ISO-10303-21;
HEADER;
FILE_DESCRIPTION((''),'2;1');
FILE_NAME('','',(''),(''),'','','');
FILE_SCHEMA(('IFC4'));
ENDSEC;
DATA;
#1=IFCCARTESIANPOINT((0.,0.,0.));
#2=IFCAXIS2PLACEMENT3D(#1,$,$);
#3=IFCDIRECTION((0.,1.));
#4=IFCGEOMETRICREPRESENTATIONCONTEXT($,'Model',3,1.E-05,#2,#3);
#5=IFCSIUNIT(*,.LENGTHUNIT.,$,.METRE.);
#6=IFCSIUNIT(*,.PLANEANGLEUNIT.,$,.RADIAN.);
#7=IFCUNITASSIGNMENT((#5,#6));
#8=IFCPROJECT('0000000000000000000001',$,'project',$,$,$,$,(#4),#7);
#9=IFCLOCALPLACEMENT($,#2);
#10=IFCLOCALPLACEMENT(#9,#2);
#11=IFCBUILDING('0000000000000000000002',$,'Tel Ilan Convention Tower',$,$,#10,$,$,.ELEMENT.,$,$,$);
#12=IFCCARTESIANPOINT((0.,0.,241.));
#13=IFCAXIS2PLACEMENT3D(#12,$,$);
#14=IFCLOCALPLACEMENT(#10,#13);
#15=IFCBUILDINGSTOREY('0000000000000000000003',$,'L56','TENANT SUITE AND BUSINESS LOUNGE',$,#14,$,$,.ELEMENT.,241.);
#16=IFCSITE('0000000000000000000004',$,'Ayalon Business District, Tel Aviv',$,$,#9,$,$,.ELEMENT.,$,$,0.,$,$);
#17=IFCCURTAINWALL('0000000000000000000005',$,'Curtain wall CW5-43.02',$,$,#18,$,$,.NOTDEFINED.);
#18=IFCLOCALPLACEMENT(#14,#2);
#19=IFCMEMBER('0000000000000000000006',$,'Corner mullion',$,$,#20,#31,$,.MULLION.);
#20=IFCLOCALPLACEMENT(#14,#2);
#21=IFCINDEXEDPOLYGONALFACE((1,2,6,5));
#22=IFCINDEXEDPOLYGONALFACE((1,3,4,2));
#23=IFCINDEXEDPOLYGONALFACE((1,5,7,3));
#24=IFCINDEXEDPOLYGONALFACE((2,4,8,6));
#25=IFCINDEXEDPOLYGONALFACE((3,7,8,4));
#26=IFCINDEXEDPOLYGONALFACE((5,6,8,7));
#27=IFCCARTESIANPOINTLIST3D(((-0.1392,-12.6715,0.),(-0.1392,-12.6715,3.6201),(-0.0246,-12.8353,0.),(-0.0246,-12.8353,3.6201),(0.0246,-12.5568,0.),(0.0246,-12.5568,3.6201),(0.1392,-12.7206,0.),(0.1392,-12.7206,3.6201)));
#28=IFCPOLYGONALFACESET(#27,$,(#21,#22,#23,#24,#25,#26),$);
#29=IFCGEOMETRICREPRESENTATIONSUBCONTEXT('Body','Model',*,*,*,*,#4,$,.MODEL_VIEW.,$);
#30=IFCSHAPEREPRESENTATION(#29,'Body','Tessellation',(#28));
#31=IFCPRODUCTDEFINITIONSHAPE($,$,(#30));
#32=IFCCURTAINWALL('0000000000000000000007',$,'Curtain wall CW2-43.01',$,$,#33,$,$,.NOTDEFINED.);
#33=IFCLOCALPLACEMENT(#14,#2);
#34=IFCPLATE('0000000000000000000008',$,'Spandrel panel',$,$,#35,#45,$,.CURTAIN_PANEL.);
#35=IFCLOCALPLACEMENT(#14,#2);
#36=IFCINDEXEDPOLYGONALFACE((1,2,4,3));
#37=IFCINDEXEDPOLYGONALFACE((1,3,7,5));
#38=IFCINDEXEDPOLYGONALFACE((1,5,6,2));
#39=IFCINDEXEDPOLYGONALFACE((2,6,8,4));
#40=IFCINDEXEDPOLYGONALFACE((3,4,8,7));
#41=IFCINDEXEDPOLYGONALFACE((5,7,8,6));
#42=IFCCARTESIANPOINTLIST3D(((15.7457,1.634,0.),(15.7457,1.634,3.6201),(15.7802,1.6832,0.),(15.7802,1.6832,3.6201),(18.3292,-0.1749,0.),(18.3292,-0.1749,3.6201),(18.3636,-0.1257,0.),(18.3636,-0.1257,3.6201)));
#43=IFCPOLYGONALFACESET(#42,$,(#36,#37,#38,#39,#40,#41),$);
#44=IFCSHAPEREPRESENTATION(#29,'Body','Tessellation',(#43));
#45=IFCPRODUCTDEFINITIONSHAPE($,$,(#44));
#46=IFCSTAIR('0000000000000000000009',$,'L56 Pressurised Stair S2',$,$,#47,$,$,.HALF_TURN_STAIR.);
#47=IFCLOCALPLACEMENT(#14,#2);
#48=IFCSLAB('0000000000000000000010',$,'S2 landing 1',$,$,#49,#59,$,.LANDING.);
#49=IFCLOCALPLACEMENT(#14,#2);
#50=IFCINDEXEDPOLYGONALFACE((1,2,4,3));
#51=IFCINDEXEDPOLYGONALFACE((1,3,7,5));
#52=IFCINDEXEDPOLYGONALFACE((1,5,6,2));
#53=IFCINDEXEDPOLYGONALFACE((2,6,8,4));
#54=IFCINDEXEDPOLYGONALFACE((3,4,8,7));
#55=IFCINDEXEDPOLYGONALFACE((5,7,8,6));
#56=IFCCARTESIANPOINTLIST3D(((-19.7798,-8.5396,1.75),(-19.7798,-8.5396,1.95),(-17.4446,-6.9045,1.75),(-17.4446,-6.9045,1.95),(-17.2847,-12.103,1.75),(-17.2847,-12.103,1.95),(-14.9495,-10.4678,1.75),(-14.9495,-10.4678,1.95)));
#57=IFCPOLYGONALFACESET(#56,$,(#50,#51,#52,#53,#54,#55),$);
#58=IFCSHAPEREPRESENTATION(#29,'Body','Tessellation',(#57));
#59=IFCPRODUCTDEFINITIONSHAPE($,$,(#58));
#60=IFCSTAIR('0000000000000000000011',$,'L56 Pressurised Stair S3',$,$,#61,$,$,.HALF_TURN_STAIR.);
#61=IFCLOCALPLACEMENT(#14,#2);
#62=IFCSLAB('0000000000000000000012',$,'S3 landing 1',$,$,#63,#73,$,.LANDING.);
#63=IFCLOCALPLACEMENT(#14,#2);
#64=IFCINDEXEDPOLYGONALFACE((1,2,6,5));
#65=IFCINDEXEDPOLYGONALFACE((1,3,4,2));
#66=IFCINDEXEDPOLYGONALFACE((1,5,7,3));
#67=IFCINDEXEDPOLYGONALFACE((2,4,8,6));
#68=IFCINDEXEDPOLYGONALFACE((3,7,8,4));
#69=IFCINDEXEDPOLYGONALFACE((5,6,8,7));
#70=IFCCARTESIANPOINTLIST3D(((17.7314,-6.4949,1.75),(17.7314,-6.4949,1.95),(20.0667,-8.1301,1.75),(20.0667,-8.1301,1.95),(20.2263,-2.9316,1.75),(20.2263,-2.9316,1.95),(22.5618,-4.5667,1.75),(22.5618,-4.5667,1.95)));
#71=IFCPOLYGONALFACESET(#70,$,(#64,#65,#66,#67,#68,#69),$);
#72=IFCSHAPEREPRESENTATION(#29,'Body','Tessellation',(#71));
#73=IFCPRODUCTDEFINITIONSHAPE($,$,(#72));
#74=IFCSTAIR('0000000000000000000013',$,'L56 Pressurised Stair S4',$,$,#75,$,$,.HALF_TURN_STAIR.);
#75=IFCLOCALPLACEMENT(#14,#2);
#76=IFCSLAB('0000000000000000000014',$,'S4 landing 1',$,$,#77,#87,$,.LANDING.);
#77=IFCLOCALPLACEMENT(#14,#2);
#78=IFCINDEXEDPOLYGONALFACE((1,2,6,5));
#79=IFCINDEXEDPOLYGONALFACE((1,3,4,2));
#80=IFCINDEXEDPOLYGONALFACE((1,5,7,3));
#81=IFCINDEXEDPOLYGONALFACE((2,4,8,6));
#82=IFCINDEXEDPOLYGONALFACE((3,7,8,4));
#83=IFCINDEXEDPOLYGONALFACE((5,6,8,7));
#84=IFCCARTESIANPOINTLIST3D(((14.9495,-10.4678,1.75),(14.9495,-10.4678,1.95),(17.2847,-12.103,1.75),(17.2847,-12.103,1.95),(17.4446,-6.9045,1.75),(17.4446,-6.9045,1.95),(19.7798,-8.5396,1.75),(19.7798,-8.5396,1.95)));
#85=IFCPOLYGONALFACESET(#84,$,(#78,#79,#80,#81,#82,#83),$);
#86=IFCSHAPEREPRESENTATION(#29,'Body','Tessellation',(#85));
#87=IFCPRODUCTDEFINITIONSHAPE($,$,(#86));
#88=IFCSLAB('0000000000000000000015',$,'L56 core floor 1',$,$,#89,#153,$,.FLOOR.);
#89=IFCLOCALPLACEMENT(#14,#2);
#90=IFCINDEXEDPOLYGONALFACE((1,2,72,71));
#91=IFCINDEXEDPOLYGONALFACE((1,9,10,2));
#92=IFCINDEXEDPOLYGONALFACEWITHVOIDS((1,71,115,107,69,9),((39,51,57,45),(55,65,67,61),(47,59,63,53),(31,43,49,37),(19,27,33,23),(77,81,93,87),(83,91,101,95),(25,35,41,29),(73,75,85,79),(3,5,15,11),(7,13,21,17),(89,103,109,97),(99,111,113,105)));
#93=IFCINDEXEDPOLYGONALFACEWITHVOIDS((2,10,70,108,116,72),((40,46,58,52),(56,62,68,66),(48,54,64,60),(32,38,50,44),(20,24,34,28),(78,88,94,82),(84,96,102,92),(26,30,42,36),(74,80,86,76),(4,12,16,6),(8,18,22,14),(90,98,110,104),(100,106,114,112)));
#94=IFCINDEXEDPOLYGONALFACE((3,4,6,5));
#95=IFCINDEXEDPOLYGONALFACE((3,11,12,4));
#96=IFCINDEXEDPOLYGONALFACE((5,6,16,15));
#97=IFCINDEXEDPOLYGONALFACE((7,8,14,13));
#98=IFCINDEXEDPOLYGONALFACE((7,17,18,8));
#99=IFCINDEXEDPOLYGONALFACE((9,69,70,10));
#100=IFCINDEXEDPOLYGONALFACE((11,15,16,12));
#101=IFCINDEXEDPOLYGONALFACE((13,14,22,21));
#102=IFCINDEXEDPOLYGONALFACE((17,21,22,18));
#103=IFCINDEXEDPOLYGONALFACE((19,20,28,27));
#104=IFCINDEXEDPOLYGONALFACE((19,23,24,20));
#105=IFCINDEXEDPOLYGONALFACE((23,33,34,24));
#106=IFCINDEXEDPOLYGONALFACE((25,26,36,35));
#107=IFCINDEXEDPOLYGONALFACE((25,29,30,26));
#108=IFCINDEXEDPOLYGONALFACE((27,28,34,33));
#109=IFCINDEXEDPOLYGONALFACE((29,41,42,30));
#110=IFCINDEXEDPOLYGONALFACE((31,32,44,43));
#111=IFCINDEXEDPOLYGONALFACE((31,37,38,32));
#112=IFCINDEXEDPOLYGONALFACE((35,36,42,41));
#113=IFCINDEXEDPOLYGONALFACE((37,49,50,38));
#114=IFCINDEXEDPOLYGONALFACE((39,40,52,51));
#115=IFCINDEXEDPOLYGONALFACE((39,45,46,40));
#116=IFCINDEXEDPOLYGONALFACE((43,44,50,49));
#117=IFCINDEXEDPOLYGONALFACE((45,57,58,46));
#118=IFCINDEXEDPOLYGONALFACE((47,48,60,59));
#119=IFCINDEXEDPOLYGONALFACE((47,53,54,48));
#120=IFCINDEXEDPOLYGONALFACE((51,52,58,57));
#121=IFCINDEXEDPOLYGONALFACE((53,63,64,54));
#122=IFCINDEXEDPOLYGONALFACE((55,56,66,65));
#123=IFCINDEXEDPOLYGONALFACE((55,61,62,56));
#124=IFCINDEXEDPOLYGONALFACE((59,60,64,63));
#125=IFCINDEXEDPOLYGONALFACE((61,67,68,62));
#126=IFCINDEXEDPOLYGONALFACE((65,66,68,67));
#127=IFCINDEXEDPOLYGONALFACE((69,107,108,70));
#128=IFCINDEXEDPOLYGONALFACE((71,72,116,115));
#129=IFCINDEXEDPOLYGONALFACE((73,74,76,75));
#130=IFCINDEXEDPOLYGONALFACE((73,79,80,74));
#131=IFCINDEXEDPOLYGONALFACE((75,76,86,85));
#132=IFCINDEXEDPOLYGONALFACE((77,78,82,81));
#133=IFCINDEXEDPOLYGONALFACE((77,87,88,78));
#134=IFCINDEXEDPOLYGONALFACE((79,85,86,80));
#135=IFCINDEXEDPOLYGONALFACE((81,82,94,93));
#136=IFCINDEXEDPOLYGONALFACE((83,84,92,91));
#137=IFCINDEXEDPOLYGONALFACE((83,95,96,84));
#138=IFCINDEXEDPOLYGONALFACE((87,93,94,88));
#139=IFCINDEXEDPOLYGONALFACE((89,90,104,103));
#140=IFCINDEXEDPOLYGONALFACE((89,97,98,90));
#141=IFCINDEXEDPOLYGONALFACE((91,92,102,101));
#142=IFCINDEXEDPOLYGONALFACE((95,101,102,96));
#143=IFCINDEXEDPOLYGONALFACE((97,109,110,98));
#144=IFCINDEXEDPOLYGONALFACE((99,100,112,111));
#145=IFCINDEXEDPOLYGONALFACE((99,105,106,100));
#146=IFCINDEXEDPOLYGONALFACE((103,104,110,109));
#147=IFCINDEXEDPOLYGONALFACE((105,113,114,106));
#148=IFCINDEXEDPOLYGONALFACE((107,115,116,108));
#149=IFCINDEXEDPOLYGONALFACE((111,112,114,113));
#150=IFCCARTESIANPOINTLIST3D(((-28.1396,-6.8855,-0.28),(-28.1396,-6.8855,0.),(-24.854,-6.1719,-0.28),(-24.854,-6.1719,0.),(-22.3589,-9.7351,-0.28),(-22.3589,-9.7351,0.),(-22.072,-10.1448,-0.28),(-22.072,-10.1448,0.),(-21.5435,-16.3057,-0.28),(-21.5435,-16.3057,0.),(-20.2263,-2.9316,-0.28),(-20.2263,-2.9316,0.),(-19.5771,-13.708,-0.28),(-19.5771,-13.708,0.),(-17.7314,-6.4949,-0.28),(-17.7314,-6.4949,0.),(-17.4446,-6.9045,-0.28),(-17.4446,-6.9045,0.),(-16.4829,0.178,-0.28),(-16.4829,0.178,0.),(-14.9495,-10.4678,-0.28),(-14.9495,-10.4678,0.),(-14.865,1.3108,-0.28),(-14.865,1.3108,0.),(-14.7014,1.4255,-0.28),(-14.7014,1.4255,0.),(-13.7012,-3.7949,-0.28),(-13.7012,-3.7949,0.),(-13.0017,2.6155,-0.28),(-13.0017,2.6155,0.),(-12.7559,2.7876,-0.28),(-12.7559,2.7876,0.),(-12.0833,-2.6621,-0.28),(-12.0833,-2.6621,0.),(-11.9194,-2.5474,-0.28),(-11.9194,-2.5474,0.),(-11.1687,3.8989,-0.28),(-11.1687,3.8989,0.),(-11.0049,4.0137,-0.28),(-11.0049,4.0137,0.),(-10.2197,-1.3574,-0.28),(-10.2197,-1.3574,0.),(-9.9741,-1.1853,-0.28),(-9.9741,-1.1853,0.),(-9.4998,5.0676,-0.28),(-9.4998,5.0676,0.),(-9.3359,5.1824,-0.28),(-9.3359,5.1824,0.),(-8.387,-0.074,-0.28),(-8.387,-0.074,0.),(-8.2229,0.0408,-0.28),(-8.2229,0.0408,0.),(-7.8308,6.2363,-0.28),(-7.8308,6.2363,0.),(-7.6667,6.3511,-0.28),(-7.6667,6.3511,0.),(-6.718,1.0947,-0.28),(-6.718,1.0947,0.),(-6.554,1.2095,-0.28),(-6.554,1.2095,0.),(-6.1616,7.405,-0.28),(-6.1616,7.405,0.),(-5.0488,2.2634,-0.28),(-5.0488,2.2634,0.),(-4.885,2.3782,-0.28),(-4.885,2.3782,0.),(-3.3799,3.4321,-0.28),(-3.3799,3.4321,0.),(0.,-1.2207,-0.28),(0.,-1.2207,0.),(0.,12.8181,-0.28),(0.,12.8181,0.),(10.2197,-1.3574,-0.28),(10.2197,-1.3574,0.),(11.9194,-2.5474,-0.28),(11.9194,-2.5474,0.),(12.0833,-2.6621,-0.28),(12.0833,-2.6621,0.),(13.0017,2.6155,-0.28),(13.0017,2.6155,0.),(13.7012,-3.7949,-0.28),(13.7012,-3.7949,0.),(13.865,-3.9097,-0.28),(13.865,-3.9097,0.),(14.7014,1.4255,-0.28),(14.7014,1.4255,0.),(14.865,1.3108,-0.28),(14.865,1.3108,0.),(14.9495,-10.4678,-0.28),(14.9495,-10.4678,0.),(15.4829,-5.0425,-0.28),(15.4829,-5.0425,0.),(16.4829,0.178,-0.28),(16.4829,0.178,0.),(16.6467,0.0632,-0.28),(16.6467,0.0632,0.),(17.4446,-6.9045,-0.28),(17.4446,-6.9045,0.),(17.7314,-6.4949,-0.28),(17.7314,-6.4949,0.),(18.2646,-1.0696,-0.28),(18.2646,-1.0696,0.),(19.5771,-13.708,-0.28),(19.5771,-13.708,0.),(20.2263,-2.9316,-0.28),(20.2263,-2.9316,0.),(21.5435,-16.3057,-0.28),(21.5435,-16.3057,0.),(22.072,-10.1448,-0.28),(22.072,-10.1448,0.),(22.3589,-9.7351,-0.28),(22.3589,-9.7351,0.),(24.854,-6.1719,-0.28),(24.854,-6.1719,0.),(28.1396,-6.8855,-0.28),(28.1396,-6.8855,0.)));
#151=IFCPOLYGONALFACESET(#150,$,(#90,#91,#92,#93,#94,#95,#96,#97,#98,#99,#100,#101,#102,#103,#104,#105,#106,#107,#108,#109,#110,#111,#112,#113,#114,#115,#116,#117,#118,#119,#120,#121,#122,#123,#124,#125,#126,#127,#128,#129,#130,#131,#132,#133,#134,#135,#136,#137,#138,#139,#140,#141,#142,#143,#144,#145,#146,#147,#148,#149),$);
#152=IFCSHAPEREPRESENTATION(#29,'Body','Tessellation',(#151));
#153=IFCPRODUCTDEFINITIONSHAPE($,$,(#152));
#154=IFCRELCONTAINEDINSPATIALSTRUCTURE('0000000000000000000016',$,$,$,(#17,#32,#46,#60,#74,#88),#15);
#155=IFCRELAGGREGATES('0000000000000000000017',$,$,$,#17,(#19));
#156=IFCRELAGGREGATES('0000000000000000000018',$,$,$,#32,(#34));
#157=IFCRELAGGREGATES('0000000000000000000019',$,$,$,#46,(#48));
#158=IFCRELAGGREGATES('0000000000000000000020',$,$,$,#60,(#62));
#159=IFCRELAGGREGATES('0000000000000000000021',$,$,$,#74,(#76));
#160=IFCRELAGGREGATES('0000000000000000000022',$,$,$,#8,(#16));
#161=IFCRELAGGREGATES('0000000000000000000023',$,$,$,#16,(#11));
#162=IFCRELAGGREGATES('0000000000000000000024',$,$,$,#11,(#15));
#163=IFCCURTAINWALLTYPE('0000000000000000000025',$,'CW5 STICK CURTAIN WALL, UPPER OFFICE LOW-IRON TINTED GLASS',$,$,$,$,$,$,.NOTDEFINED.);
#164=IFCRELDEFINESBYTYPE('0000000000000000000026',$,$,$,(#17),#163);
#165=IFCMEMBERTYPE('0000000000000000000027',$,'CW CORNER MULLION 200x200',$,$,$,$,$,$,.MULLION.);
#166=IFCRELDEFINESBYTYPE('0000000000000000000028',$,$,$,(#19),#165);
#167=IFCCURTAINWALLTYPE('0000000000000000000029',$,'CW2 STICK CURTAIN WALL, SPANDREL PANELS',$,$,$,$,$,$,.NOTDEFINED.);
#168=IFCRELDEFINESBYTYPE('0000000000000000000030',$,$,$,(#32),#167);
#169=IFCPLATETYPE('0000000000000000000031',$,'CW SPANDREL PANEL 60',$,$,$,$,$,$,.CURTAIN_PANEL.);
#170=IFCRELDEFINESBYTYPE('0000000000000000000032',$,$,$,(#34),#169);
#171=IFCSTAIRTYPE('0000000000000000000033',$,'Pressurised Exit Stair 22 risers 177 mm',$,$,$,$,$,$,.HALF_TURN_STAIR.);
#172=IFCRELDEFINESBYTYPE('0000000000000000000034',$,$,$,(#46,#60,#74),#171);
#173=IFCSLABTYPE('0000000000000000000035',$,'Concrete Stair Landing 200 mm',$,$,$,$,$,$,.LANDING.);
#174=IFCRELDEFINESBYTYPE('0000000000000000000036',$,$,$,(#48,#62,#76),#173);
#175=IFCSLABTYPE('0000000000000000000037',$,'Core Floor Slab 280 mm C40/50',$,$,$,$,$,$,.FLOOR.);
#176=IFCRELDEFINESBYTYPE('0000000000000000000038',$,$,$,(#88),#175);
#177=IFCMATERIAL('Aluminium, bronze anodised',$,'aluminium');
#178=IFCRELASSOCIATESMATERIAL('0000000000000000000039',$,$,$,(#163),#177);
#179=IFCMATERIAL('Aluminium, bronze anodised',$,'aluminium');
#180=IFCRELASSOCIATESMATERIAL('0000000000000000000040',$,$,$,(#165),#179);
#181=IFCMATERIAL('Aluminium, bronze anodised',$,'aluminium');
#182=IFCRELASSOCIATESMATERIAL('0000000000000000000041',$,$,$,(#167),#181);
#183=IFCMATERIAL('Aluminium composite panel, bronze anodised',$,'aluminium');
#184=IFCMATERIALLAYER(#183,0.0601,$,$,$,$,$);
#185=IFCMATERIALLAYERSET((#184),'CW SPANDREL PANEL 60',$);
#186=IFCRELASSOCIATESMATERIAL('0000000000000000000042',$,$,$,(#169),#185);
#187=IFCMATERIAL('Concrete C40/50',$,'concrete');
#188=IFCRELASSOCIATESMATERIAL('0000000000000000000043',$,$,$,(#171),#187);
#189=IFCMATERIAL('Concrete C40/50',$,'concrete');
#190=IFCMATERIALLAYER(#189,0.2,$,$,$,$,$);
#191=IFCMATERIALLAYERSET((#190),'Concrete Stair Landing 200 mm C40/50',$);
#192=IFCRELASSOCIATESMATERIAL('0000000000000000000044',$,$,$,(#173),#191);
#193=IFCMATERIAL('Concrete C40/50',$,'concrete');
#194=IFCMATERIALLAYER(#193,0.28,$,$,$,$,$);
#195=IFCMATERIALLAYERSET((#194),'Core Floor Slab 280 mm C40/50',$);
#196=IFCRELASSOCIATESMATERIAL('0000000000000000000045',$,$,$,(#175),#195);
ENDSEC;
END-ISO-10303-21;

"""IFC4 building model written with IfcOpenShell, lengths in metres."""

from ifc_helpers import new_model, si_unit, direction, frame, origin, origin_2d, place, context, subcontext, project, spatial, polyline, rectangle, outline, extrude, material, layer, layer_set, material_profile, profile_set, type_object, element, aggregate, save


model = new_model("IFC4")

# Units and contexts
model_context = context("Model", 3, precision=1e-05, world=origin(), true_north=direction((0.0, 1.0)))
body_context = subcontext(model_context, "Body", "Model", "MODEL_VIEW")
ifc_project = project(units=[si_unit("LENGTHUNIT", "METRE"), si_unit("PLANEANGLEUNIT", "RADIAN")], contexts=[model_context])

# Site, building, storey
site_placement = place(None, origin())
site = spatial("IfcSite", under=ifc_project, at=site_placement, Name="Ayalon Business District, Tel Aviv", CompositionType="ELEMENT", RefElevation=0.0)
building_placement = place(site_placement, origin())
building = spatial("IfcBuilding", under=site, at=building_placement, Name="Tel Ilan Convention Tower", CompositionType="ELEMENT")
storey_placement = place(building_placement, frame((0.0, 0.0, 241.0)))
storey = spatial("IfcBuildingStorey", under=building, at=storey_placement, Name="L56", Description="TENANT SUITE AND BUSINESS LOUNGE", CompositionType="ELEMENT", Elevation=241.0)

# Curtain wall, member
ifc_material_1 = material(Name="Aluminium, bronze anodised", Category="aluminium")
curtain_wall_type_1 = type_object("IfcCurtainWallType", Name="CW5 STICK CURTAIN WALL, UPPER OFFICE LOW-IRON TINTED GLASS", PredefinedType="NOTDEFINED", material=ifc_material_1)
curtain_wall_1_placement = place(storey_placement, origin())
curtain_wall_1 = element("IfcCurtainWall", 1, at=curtain_wall_1_placement, inside=storey, type_object=curtain_wall_type_1, Name="Curtain wall CW5-43.02", PredefinedType="NOTDEFINED")
ifc_material_2 = material(Name="Aluminium, bronze anodised", Category="aluminium")
ifc_material_profile = material_profile(ifc_material_2, rectangle(XDim=0.2, YDim=0.2, at=origin_2d()), Name="CW CORNER MULLION 200x200")
ifc_profile_set = profile_set([ifc_material_profile], Name="Aluminium, bronze anodised")
member_type = type_object("IfcMemberType", Name="CW CORNER MULLION 200x200", PredefinedType="MULLION", material=ifc_profile_set)
member_placement = place(storey_placement, frame((0.0, -12.696, 0.0), z_axis=(0.0, 0.0, 1.0), x_axis=(0.819152, 0.573576, 0.0)))
member = element("IfcMember", 2, at=member_placement, type_object=member_type, Name="Corner mullion", PredefinedType="MULLION", context=body_context, shape_type="SweptSolid", body=[
    extrude(rectangle(XDim=0.2, YDim=0.2, at=origin_2d()), origin(), (0.0, 0.0, 1.0), 3.6201),
])
aggregate(curtain_wall_1, [member])

# Curtain wall, plate
ifc_material_3 = material(Name="Aluminium, bronze anodised", Category="aluminium")
curtain_wall_type_2 = type_object("IfcCurtainWallType", Name="CW2 STICK CURTAIN WALL, SPANDREL PANELS", PredefinedType="NOTDEFINED", material=ifc_material_3)
curtain_wall_2_placement = place(storey_placement, origin())
curtain_wall_2 = element("IfcCurtainWall", 3, at=curtain_wall_2_placement, inside=storey, type_object=curtain_wall_type_2, Name="Curtain wall CW2-43.01", PredefinedType="NOTDEFINED")
ifc_material_4 = material(Name="Aluminium composite panel, bronze anodised", Category="aluminium")
ifc_layer_1 = layer(ifc_material_4, 0.0601)
ifc_layer_set_1 = layer_set([ifc_layer_1], Name="CW SPANDREL PANEL 60")
plate_type = type_object("IfcPlateType", Name="CW SPANDREL PANEL 60", PredefinedType="CURTAIN_PANEL", material=ifc_layer_set_1)
plate_placement = place(storey_placement, frame((17.0547, 0.7542, 0.0), z_axis=(0.0, 0.0, 1.0), x_axis=(-0.819152, 0.573576, 0.0)))
plate = element("IfcPlate", 4, at=plate_placement, type_object=plate_type, Name="Spandrel panel", PredefinedType="CURTAIN_PANEL", context=body_context, shape_type="SweptSolid", body=[
    extrude(rectangle(XDim=3.1538, YDim=0.0601, at=origin_2d()), origin(), (0.0, 0.0, 1.0), 3.6201),
])
aggregate(curtain_wall_2, [plate])

# Stairs, slabs
ifc_material_5 = material(Name="Concrete C40/50", Category="concrete")
stair_type = type_object("IfcStairType", Name="Pressurised Exit Stair 22 risers 177 mm", PredefinedType="HALF_TURN_STAIR", material=ifc_material_5)
stair_1_placement = place(storey_placement, origin())
stair_1 = element("IfcStair", 5, at=stair_1_placement, inside=storey, type_object=stair_type, Name="L56 Pressurised Stair S2", PredefinedType="HALF_TURN_STAIR")
ifc_material_6 = material(Name="Concrete C40/50", Category="concrete")
ifc_layer_2 = layer(ifc_material_6, 0.2)
ifc_layer_set_2 = layer_set([ifc_layer_2], Name="Concrete Stair Landing 200 mm C40/50")
slab_type_1 = type_object("IfcSlabType", Name="Concrete Stair Landing 200 mm", PredefinedType="LANDING", material=ifc_layer_set_2)
slab_1_placement = place(storey_placement, frame((0.0, 0.0, 1.75)))
slab_1 = element("IfcSlab", 6, at=slab_1_placement, type_object=slab_type_1, Name="S2 landing 1", PredefinedType="LANDING", context=body_context, shape_type="SweptSolid", body=[
    extrude(outline(polyline([(-17.2847, -12.103), (-14.9495, -10.4678), (-17.4446, -6.9045), (-19.7798, -8.5396), (-17.2847, -12.103)])), origin(), (0.0, 0.0, 1.0), 0.2),
])
aggregate(stair_1, [slab_1])
stair_2_placement = place(storey_placement, origin())
stair_2 = element("IfcStair", 7, at=stair_2_placement, inside=storey, type_object=stair_type, Name="L56 Pressurised Stair S3", PredefinedType="HALF_TURN_STAIR")
slab_2_placement = place(storey_placement, frame((0.0, 0.0, 1.75)))
slab_2 = element("IfcSlab", 8, at=slab_2_placement, type_object=slab_type_1, Name="S3 landing 1", PredefinedType="LANDING", context=body_context, shape_type="SweptSolid", body=[
    extrude(outline(polyline([(22.5618, -4.5667), (20.2263, -2.9316), (17.7314, -6.4949), (20.0667, -8.1301), (22.5618, -4.5667)])), origin(), (0.0, 0.0, 1.0), 0.2),
])
aggregate(stair_2, [slab_2])
stair_3_placement = place(storey_placement, origin())
stair_3 = element("IfcStair", 9, at=stair_3_placement, inside=storey, type_object=stair_type, Name="L56 Pressurised Stair S4", PredefinedType="HALF_TURN_STAIR")
slab_3_placement = place(storey_placement, frame((0.0, 0.0, 1.75)))
slab_3 = element("IfcSlab", 10, at=slab_3_placement, type_object=slab_type_1, Name="S4 landing 1", PredefinedType="LANDING", context=body_context, shape_type="SweptSolid", body=[
    extrude(outline(polyline([(19.7798, -8.5396), (17.4446, -6.9045), (14.9495, -10.4678), (17.2847, -12.103), (19.7798, -8.5396)])), origin(), (0.0, 0.0, 1.0), 0.2),
])
aggregate(stair_3, [slab_3])

# Slab
ifc_material_7 = material(Name="Concrete C40/50", Category="concrete")
ifc_layer_3 = layer(ifc_material_7, 0.28)
ifc_layer_set_3 = layer_set([ifc_layer_3], Name="Core Floor Slab 280 mm C40/50")
slab_type_2 = type_object("IfcSlabType", Name="Core Floor Slab 280 mm C40/50", PredefinedType="FLOOR", material=ifc_layer_set_3)
slab_4_placement = place(storey_placement, frame((0.0, 0.0, -0.28)))
element("IfcSlab", 11, at=slab_4_placement, inside=storey, type_object=slab_type_2, Name="L56 core floor 1", PredefinedType="FLOOR", context=body_context, shape_type="SweptSolid", body=[
    extrude(outline(polyline([(-28.1396, -6.8855), (0.0, 12.8181), (28.1396, -6.8855), (21.5435, -16.3057), (0.0, -1.2207), (-21.5435, -16.3057), (-28.1396, -6.8855)]), holes=[polyline([(-17.4446, -6.9045), (-22.072, -10.1448), (-19.5771, -13.708), (-14.9495, -10.4678), (-17.4446, -6.9045)]), polyline([(-17.7314, -6.4949), (-20.2263, -2.9316), (-24.854, -6.1719), (-22.3589, -9.7351), (-17.7314, -6.4949)]), polyline([(-14.865, 1.3108), (-16.4829, 0.178), (-13.7012, -3.7949), (-12.0833, -2.6621), (-14.865, 1.3108)]), polyline([(-14.7014, 1.4255), (-11.9194, -2.5474), (-10.2197, -1.3574), (-13.0017, 2.6155), (-14.7014, 1.4255)]), polyline([(-11.1687, 3.8989), (-12.7559, 2.7876), (-9.9741, -1.1853), (-8.387, -0.074), (-11.1687, 3.8989)]), polyline([(-9.4998, 5.0676), (-11.0049, 4.0137), (-8.2229, 0.0408), (-6.718, 1.0947), (-9.4998, 5.0676)]), polyline([(-9.3359, 5.1824), (-6.554, 1.2095), (-5.0488, 2.2634), (-7.8308, 6.2363), (-9.3359, 5.1824)]), polyline([(17.4446, -6.9045), (14.9495, -10.4678), (19.5771, -13.708), (22.072, -10.1448), (17.4446, -6.9045)]), polyline([(20.2263, -2.9316), (17.7314, -6.4949), (22.3589, -9.7351), (24.854, -6.1719), (20.2263, -2.9316)]), polyline([(15.4829, -5.0425), (18.2646, -1.0696), (16.6467, 0.0632), (13.865, -3.9097), (15.4829, -5.0425)]), polyline([(13.7012, -3.7949), (16.4829, 0.178), (14.865, 1.3108), (12.0833, -2.6621), (13.7012, -3.7949)]), polyline([(11.9194, -2.5474), (14.7014, 1.4255), (13.0017, 2.6155), (10.2197, -1.3574), (11.9194, -2.5474)]), polyline([(-6.1616, 7.405), (-7.6667, 6.3511), (-4.885, 2.3782), (-3.3799, 3.4321), (-6.1616, 7.405)])]), origin(), (0.0, 0.0, 1.0), 0.28),
])

save(model, "model.ifc")
